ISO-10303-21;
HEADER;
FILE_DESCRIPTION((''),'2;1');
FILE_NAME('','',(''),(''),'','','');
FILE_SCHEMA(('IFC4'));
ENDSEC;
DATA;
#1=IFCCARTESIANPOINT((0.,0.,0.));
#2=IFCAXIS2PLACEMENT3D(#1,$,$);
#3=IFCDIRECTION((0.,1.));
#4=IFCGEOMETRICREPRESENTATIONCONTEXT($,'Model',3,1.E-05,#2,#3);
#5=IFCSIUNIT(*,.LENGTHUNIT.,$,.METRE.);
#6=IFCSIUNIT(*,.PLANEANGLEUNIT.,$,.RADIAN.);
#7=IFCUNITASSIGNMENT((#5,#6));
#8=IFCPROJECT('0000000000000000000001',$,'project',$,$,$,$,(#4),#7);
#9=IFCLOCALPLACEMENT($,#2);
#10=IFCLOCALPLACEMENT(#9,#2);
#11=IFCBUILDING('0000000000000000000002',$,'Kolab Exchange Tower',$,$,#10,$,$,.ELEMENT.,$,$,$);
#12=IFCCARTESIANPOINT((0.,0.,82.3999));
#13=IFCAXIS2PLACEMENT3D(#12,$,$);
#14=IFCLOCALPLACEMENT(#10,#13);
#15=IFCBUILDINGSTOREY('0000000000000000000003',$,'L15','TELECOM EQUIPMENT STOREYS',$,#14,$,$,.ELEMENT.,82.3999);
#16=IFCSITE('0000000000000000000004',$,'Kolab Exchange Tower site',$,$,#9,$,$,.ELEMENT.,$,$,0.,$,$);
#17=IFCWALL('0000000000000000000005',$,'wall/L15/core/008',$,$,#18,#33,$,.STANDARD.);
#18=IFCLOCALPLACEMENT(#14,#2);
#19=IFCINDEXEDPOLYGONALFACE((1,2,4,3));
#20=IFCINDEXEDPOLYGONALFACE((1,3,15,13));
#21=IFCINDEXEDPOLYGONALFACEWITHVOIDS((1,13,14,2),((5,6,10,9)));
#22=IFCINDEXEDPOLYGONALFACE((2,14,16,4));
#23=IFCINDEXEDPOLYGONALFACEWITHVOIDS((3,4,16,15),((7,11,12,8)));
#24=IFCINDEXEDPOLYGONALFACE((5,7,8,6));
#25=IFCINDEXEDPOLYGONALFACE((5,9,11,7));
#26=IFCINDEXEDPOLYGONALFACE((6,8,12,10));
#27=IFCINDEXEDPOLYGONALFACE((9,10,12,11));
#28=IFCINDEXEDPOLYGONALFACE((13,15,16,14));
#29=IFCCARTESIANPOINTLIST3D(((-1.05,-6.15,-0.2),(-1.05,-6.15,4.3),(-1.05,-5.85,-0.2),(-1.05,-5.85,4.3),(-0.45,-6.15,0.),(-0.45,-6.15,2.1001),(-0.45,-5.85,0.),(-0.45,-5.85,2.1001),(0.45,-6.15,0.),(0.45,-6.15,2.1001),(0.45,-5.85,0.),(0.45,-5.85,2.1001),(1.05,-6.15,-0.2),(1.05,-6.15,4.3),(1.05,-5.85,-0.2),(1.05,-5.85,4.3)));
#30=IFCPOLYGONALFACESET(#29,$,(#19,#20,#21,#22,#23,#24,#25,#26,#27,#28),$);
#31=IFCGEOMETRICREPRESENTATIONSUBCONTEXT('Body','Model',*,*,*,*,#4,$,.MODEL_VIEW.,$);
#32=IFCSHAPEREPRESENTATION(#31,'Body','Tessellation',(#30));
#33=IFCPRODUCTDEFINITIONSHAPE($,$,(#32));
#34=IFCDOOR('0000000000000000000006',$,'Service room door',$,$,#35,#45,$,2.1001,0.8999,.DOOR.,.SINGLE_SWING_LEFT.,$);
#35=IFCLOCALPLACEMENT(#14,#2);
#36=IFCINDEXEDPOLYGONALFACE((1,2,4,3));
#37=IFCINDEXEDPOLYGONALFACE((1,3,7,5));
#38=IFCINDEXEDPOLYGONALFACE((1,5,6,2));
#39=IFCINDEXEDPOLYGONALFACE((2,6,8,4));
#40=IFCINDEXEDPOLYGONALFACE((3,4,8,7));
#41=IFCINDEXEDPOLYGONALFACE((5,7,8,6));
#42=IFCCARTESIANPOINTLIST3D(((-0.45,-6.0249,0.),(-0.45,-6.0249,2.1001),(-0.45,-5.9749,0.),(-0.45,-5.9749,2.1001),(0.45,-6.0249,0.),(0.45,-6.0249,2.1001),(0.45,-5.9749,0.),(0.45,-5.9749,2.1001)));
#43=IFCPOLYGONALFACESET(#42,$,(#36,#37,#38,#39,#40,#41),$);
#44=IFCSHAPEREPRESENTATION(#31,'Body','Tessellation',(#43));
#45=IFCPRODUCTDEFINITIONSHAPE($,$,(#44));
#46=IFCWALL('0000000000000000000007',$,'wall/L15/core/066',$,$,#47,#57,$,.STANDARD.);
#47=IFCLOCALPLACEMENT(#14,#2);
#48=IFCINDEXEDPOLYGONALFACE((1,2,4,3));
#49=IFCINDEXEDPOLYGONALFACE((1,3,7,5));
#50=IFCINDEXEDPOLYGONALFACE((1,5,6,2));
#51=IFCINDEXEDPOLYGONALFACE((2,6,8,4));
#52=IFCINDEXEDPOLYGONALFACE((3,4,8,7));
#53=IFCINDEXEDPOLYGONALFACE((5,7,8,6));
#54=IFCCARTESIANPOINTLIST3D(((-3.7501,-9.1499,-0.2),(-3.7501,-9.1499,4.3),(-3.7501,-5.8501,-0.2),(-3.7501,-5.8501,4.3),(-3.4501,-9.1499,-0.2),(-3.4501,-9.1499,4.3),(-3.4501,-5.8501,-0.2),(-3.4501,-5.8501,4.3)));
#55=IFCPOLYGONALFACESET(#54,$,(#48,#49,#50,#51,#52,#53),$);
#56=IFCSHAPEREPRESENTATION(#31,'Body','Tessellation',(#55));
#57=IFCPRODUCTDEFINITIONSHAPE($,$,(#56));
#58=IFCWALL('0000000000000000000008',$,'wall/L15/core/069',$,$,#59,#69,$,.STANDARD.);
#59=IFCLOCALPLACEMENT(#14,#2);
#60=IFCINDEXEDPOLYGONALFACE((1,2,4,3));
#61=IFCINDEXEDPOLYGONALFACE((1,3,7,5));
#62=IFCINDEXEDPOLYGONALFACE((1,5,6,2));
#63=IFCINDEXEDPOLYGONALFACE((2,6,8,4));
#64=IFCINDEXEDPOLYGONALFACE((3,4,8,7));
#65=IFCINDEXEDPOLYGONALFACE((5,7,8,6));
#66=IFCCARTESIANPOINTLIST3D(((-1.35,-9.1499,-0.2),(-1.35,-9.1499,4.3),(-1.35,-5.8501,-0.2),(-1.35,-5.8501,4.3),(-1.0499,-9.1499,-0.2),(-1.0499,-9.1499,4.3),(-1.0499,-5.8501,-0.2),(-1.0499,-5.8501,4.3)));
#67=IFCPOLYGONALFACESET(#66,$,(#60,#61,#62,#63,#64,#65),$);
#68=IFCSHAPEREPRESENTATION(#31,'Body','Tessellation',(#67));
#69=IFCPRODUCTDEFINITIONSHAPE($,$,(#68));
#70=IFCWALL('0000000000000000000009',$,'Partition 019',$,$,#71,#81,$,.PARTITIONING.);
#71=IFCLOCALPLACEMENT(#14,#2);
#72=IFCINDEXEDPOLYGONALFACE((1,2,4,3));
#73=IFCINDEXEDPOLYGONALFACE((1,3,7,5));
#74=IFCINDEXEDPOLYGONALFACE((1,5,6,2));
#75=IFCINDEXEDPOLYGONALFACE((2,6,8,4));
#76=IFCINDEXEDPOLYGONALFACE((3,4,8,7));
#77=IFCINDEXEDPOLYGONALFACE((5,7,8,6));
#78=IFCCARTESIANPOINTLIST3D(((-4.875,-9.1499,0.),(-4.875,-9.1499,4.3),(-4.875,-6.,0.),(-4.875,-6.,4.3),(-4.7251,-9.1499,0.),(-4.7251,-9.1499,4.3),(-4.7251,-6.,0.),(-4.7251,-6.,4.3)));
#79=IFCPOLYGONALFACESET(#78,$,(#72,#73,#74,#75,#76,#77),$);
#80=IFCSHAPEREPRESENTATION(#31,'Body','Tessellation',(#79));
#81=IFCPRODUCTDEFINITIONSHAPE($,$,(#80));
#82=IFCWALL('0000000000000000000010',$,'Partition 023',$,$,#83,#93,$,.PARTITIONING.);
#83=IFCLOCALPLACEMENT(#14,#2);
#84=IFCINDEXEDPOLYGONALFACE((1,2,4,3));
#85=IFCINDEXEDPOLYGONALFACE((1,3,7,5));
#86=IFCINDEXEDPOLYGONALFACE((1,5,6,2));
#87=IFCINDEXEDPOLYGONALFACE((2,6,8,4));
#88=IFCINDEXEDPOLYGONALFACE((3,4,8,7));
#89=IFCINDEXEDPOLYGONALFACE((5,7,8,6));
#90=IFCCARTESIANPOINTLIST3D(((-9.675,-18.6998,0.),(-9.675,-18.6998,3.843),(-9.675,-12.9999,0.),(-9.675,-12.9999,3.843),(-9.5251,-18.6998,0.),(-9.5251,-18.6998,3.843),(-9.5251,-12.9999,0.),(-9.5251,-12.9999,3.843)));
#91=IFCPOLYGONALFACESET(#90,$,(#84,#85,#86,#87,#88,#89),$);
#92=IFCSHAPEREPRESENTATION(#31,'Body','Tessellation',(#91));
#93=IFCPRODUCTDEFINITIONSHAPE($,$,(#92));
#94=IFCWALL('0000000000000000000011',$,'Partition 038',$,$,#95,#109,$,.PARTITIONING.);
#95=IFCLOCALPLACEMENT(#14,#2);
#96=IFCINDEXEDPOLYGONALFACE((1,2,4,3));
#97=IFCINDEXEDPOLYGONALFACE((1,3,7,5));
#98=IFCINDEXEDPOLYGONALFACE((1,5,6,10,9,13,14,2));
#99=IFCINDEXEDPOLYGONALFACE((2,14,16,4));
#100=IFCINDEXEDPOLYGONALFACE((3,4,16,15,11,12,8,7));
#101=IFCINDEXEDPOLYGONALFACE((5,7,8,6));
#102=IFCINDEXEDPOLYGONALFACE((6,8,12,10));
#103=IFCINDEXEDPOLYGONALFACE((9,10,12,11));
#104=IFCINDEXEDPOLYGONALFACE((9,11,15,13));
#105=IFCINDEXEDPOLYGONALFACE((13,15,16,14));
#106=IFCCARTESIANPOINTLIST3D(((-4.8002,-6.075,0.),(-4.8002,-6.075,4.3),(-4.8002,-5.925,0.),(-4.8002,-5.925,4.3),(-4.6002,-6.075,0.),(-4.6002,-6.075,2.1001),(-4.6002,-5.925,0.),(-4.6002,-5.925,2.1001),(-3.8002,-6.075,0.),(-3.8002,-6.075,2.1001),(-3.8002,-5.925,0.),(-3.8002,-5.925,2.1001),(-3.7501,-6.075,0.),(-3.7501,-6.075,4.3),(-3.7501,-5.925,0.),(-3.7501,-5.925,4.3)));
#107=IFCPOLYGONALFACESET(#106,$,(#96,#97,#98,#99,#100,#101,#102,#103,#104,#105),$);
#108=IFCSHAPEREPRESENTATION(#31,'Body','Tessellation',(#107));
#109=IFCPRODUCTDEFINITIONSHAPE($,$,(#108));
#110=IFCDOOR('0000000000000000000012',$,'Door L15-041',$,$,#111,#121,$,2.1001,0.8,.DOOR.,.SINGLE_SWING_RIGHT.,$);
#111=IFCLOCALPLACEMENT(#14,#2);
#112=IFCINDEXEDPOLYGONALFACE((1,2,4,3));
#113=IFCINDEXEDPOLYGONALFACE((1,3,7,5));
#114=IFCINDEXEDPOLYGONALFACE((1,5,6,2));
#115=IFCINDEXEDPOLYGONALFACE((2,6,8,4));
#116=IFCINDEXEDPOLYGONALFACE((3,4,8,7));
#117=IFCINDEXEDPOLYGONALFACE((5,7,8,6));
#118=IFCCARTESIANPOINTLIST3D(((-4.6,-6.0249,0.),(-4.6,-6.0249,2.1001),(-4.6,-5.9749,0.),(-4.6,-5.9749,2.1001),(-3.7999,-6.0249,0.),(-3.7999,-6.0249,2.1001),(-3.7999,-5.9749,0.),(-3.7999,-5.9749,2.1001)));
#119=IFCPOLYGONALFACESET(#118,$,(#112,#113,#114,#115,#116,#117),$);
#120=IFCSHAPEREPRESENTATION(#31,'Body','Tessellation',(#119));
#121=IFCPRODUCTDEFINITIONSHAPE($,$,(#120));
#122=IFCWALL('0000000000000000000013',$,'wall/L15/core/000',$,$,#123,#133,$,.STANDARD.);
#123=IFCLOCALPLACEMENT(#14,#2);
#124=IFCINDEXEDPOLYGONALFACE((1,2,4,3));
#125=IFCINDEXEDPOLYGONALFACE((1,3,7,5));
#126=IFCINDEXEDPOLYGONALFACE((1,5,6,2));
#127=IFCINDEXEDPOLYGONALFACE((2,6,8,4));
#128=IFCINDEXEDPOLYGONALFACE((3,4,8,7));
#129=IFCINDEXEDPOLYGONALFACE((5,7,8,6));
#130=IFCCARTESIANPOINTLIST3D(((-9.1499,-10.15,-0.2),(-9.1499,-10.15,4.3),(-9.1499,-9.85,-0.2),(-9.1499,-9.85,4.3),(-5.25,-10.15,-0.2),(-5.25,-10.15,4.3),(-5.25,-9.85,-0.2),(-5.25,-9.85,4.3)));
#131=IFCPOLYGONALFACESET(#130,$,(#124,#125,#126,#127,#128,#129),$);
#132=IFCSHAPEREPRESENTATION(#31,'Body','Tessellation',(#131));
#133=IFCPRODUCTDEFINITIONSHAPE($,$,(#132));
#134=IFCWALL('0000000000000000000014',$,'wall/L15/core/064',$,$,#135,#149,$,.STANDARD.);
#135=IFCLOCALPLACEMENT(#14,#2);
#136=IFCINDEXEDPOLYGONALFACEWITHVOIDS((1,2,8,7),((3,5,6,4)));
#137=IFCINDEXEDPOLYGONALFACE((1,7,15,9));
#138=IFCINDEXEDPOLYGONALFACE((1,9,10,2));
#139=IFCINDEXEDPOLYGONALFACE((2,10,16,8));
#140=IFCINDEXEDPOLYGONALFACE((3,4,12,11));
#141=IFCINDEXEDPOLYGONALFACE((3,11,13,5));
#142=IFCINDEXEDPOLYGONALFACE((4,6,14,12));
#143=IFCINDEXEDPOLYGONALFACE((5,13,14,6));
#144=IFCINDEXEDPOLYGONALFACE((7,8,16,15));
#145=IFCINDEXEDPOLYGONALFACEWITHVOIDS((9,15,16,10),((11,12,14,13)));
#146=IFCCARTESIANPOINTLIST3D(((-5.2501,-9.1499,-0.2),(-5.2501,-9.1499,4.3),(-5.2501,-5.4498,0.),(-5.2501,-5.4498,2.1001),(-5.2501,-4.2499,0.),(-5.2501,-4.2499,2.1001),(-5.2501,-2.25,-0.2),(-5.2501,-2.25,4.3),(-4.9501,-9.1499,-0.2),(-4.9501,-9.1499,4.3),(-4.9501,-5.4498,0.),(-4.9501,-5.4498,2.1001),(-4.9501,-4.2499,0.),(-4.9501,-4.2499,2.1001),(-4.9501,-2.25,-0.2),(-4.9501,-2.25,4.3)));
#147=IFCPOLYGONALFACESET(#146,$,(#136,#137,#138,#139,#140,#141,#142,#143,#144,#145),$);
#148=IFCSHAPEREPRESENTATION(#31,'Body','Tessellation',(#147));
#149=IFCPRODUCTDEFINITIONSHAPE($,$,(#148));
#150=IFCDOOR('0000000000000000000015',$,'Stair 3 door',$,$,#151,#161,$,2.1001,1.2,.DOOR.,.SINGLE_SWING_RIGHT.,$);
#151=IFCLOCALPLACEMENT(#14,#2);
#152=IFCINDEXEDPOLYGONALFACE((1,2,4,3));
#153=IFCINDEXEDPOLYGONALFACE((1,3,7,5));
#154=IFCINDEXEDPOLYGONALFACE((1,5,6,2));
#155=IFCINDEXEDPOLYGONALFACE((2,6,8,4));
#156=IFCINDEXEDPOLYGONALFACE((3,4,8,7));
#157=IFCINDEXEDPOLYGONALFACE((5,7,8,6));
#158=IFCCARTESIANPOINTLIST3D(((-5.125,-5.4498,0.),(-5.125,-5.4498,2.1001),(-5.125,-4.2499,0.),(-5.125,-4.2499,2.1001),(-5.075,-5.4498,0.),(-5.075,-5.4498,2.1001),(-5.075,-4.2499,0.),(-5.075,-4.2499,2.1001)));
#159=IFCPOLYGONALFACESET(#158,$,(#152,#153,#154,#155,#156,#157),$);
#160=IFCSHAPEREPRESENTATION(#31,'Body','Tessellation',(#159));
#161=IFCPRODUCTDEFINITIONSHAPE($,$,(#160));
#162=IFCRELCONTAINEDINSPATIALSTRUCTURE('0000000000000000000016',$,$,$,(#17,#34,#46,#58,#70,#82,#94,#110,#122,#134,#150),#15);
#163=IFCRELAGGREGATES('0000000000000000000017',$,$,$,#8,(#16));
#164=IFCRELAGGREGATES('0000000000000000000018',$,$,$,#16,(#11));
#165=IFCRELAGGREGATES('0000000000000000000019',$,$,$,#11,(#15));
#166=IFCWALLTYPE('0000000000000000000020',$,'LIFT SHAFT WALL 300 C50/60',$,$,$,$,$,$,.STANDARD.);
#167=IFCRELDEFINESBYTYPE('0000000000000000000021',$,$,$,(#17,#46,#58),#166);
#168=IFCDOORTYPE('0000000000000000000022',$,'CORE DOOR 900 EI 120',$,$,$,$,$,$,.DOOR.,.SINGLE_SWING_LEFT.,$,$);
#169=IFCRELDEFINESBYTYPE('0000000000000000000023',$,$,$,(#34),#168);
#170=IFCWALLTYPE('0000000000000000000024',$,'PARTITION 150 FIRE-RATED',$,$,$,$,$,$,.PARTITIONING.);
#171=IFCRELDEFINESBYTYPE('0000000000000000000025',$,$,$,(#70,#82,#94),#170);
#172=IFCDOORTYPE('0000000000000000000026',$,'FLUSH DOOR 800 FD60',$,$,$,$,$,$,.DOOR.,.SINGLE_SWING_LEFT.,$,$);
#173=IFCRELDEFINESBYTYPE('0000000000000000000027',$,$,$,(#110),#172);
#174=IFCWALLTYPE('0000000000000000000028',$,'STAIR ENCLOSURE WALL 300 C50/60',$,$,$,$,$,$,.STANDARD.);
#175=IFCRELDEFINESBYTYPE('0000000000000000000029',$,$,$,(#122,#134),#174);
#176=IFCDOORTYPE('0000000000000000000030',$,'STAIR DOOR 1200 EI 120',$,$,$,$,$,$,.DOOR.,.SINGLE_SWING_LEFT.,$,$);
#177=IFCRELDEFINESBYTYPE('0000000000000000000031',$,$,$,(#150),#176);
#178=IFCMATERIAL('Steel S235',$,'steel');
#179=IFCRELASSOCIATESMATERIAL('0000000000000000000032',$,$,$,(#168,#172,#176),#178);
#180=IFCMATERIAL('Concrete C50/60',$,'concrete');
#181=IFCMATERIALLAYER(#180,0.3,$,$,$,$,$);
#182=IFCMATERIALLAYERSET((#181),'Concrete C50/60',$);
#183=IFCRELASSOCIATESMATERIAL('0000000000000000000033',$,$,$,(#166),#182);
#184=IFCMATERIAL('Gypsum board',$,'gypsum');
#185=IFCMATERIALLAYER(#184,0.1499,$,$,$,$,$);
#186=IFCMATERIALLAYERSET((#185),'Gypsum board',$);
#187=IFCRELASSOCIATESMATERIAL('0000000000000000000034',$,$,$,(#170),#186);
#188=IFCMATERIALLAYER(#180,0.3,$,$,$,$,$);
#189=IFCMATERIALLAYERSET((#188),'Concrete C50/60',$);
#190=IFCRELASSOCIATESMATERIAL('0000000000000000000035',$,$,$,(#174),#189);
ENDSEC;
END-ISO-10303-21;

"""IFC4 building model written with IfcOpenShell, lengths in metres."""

from ifc_helpers import new_model, si_unit, direction, frame, frame_2d, origin, place, context, subcontext, project, spatial, rectangle, extrude, material, layer, layer_set, type_object, element, fill, save


model = new_model("IFC4")

# Units and contexts
model_context = context("Model", 3, precision=1e-05, world=origin(), true_north=direction((0.0, 1.0)))
body_context = subcontext(model_context, "Body", "Model", "MODEL_VIEW")
ifc_project = project(units=[si_unit("LENGTHUNIT", "METRE"), si_unit("PLANEANGLEUNIT", "RADIAN")], contexts=[model_context])

# Site, building, storey
site_placement = place(None, origin())
site = spatial("IfcSite", under=ifc_project, at=site_placement, Name="Kolab Exchange Tower site", CompositionType="ELEMENT", RefElevation=0.0)
building_placement = place(site_placement, origin())
building = spatial("IfcBuilding", under=site, at=building_placement, Name="Kolab Exchange Tower", CompositionType="ELEMENT")
storey_placement = place(building_placement, frame((0.0, 0.0, 82.3999)))
storey = spatial("IfcBuildingStorey", under=building, at=storey_placement, Name="L15", Description="TELECOM EQUIPMENT STOREYS", CompositionType="ELEMENT", Elevation=82.3999)

# Shared definitions
ifc_material_1 = material(Name="Steel S235", Category="steel")
door_type_1 = type_object("IfcDoorType", Name="CORE DOOR 900 EI 120", OperationType="SINGLE_SWING_LEFT", PredefinedType="DOOR", material=ifc_material_1)

# Shared definitions
ifc_material_2 = material(Name="Concrete C50/60", Category="concrete")
ifc_layer_1 = layer(ifc_material_2, 0.3)
ifc_layer_set_1 = layer_set([ifc_layer_1], Name="Concrete C50/60")
wall_type_1 = type_object("IfcWallType", Name="LIFT SHAFT WALL 300 C50/60", PredefinedType="STANDARD", material=ifc_layer_set_1)

# Wall, opening, door
wall_1_placement = place(storey_placement, frame((-1.05, -6.0, -0.2), z_axis=(0.0, 0.0, 1.0), x_axis=(1.0, 0.0, 0.0)))
wall_1 = element("IfcWall", 1, at=wall_1_placement, inside=storey, type_object=wall_type_1, Name="wall/L15/core/008", PredefinedType="STANDARD", context=body_context, shape_type="SweptSolid", body=[
    extrude(rectangle(XDim=2.1001, YDim=0.3, at=frame_2d((1.05, 0.0))), origin(), (0.0, 0.0, 1.0), 4.5),
])
opening_1_placement = place(wall_1_placement, frame((0.6001, 0.0, 0.2)))
opening_1 = element("IfcOpeningElement", 2, at=opening_1_placement, cuts=wall_1, PredefinedType="OPENING", context=body_context, shape_type="SweptSolid", body=[
    extrude(rectangle(XDim=0.8999, YDim=2.1001, at=frame_2d((0.45, 1.05))), frame((0.0, 0.1602, 0.0), z_axis=(0.0, -1.0, 0.0), x_axis=(1.0, 0.0, 0.0)), (0.0, 0.0, 1.0), 0.3201),
])
door_1_placement = place(opening_1_placement, frame((0.8999, 0.0, 0.0), z_axis=(0.0, 0.0, 1.0), x_axis=(-1.0, 0.0, 0.0)))
door_1 = element("IfcDoor", 3, at=door_1_placement, inside=storey, type_object=door_type_1, Name="Service room door", OperationType="SINGLE_SWING_LEFT", OverallHeight=2.1001, OverallWidth=0.8999, PredefinedType="DOOR", context=body_context, shape_type="SweptSolid", body=[
    extrude(rectangle(XDim=0.8999, YDim=2.1001, at=frame_2d((0.45, 1.05))), frame((0.0, 0.0249, 0.0), z_axis=(0.0, -1.0, 0.0), x_axis=(1.0, 0.0, 0.0)), (0.0, 0.0, 1.0), 0.05),
])
fill(opening_1, door_1)

# Walls
for number, where, z_axis, x_axis, name in (
    (4, (-3.6001, -9.1499, -0.2), (0.0, 0.0, 1.0), (0.0, 1.0, 0.0), "wall/L15/core/066"),
    (5, (-1.2, -9.1499, -0.2), (0.0, 0.0, 1.0), (0.0, 1.0, 0.0), "wall/L15/core/069"),
):
    element("IfcWall", number, at=place(storey_placement, frame(where, z_axis=z_axis, x_axis=x_axis)), inside=storey, type_object=wall_type_1, Name=name, PredefinedType="STANDARD", context=body_context, shape_type="SweptSolid", body=[
        extrude(rectangle(XDim=3.2998, YDim=0.3, at=frame_2d((1.6499, 0.0))), origin(), (0.0, 0.0, 1.0), 4.5),
    ])
ifc_material_3 = material(Name="Gypsum board", Category="gypsum")
ifc_layer_2 = layer(ifc_material_3, 0.1499)
ifc_layer_set_2 = layer_set([ifc_layer_2], Name="Gypsum board")
wall_type_2 = type_object("IfcWallType", Name="PARTITION 150 FIRE-RATED", PredefinedType="PARTITIONING", material=ifc_layer_set_2)
wall_2_placement = place(storey_placement, frame((-4.8, -9.1499, 0.0), z_axis=(0.0, 0.0, 1.0), x_axis=(0.0, 1.0, 0.0)))
element("IfcWall", 6, at=wall_2_placement, inside=storey, type_object=wall_type_2, Name="Partition 019", PredefinedType="PARTITIONING", context=body_context, shape_type="SweptSolid", body=[
    extrude(rectangle(XDim=3.1499, YDim=0.1499, at=frame_2d((1.575, 0.0))), origin(), (0.0, 0.0, 1.0), 4.3),
])
wall_3_placement = place(storey_placement, frame((-9.6001, -18.7, 0.0), z_axis=(0.0, 0.0, 1.0), x_axis=(0.0, 1.0, 0.0)))
element("IfcWall", 7, at=wall_3_placement, inside=storey, type_object=wall_type_2, Name="Partition 023", PredefinedType="PARTITIONING", context=body_context, shape_type="SweptSolid", body=[
    extrude(rectangle(XDim=5.7, YDim=0.1499, at=frame_2d((2.8501, 0.0))), origin(), (0.0, 0.0, 1.0), 3.843),
])

# Wall, opening, door
wall_4_placement = place(storey_placement, frame((-4.8, -6.0, 0.0), z_axis=(0.0, 0.0, 1.0), x_axis=(1.0, 0.0, 0.0)))
wall_4 = element("IfcWall", 8, at=wall_4_placement, inside=storey, type_object=wall_type_2, Name="Partition 038", PredefinedType="PARTITIONING", context=body_context, shape_type="SweptSolid", body=[
    extrude(rectangle(XDim=1.05, YDim=0.1499, at=frame_2d((0.5249, 0.0))), origin(), (0.0, 0.0, 1.0), 4.3),
])
opening_2_placement = place(wall_4_placement, frame((0.2, 0.0, 0.0)))
opening_2 = element("IfcOpeningElement", 9, at=opening_2_placement, cuts=wall_4, PredefinedType="OPENING", context=body_context, shape_type="SweptSolid", body=[
    extrude(rectangle(XDim=0.8, YDim=2.1001, at=frame_2d((0.3999, 1.05))), frame((0.0, 0.085, 0.0), z_axis=(0.0, -1.0, 0.0), x_axis=(1.0, 0.0, 0.0)), (0.0, 0.0, 1.0), 0.1699),
])
door_type_2 = type_object("IfcDoorType", Name="FLUSH DOOR 800 FD60", OperationType="SINGLE_SWING_LEFT", PredefinedType="DOOR", material=ifc_material_1)
door_2_placement = place(opening_2_placement, frame((0.8, 0.0, 0.0), z_axis=(0.0, 0.0, 1.0), x_axis=(-1.0, 0.0, 0.0)))
door_2 = element("IfcDoor", 10, at=door_2_placement, inside=storey, type_object=door_type_2, Name="Door L15-041", OperationType="SINGLE_SWING_RIGHT", OverallHeight=2.1001, OverallWidth=0.8, PredefinedType="DOOR", context=body_context, shape_type="SweptSolid", body=[
    extrude(rectangle(XDim=0.8, YDim=2.1001, at=frame_2d((0.3999, 1.05))), frame((0.0, 0.0249, 0.0), z_axis=(0.0, -1.0, 0.0), x_axis=(1.0, 0.0, 0.0)), (0.0, 0.0, 1.0), 0.05),
])
fill(opening_2, door_2)

# Wall
ifc_layer_3 = layer(ifc_material_2, 0.3)
ifc_layer_set_3 = layer_set([ifc_layer_3], Name="Concrete C50/60")
wall_type_3 = type_object("IfcWallType", Name="STAIR ENCLOSURE WALL 300 C50/60", PredefinedType="STANDARD", material=ifc_layer_set_3)
wall_5_placement = place(storey_placement, frame((-9.1499, -10.0, -0.2), z_axis=(0.0, 0.0, 1.0), x_axis=(1.0, 0.0, 0.0)))
element("IfcWall", 11, at=wall_5_placement, inside=storey, type_object=wall_type_3, Name="wall/L15/core/000", PredefinedType="STANDARD", context=body_context, shape_type="SweptSolid", body=[
    extrude(rectangle(XDim=3.8999, YDim=0.3, at=frame_2d((1.95, 0.0))), origin(), (0.0, 0.0, 1.0), 4.5),
])

# Wall, opening, door
wall_6_placement = place(storey_placement, frame((-5.1001, -9.1499, -0.2), z_axis=(0.0, 0.0, 1.0), x_axis=(0.0, 1.0, 0.0)))
wall_6 = element("IfcWall", 12, at=wall_6_placement, inside=storey, type_object=wall_type_3, Name="wall/L15/core/064", PredefinedType="STANDARD", context=body_context, shape_type="SweptSolid", body=[
    extrude(rectangle(XDim=6.8999, YDim=0.3, at=frame_2d((3.45, 0.0))), origin(), (0.0, 0.0, 1.0), 4.5),
])
opening_3_placement = place(wall_6_placement, frame((3.7, 0.0, 0.2)))
opening_3 = element("IfcOpeningElement", 13, at=opening_3_placement, cuts=wall_6, PredefinedType="OPENING", context=body_context, shape_type="SweptSolid", body=[
    extrude(rectangle(XDim=1.2, YDim=2.1001, at=frame_2d((0.6001, 1.05))), frame((0.0, 0.1602, 0.0), z_axis=(0.0, -1.0, 0.0), x_axis=(1.0, 0.0, 0.0)), (0.0, 0.0, 1.0), 0.3201),
])
door_type_3 = type_object("IfcDoorType", Name="STAIR DOOR 1200 EI 120", OperationType="SINGLE_SWING_LEFT", PredefinedType="DOOR", material=ifc_material_1)
door_3_placement = place(opening_3_placement, origin())
door_3 = element("IfcDoor", 14, at=door_3_placement, inside=storey, type_object=door_type_3, Name="Stair 3 door", OperationType="SINGLE_SWING_RIGHT", OverallHeight=2.1001, OverallWidth=1.2, PredefinedType="DOOR", context=body_context, shape_type="SweptSolid", body=[
    extrude(rectangle(XDim=1.2, YDim=2.1001, at=frame_2d((0.6001, 1.05))), frame((0.0, 0.0249, 0.0), z_axis=(0.0, -1.0, 0.0), x_axis=(1.0, 0.0, 0.0)), (0.0, 0.0, 1.0), 0.05),
])
fill(opening_3, door_3)

save(model, "model.ifc")
